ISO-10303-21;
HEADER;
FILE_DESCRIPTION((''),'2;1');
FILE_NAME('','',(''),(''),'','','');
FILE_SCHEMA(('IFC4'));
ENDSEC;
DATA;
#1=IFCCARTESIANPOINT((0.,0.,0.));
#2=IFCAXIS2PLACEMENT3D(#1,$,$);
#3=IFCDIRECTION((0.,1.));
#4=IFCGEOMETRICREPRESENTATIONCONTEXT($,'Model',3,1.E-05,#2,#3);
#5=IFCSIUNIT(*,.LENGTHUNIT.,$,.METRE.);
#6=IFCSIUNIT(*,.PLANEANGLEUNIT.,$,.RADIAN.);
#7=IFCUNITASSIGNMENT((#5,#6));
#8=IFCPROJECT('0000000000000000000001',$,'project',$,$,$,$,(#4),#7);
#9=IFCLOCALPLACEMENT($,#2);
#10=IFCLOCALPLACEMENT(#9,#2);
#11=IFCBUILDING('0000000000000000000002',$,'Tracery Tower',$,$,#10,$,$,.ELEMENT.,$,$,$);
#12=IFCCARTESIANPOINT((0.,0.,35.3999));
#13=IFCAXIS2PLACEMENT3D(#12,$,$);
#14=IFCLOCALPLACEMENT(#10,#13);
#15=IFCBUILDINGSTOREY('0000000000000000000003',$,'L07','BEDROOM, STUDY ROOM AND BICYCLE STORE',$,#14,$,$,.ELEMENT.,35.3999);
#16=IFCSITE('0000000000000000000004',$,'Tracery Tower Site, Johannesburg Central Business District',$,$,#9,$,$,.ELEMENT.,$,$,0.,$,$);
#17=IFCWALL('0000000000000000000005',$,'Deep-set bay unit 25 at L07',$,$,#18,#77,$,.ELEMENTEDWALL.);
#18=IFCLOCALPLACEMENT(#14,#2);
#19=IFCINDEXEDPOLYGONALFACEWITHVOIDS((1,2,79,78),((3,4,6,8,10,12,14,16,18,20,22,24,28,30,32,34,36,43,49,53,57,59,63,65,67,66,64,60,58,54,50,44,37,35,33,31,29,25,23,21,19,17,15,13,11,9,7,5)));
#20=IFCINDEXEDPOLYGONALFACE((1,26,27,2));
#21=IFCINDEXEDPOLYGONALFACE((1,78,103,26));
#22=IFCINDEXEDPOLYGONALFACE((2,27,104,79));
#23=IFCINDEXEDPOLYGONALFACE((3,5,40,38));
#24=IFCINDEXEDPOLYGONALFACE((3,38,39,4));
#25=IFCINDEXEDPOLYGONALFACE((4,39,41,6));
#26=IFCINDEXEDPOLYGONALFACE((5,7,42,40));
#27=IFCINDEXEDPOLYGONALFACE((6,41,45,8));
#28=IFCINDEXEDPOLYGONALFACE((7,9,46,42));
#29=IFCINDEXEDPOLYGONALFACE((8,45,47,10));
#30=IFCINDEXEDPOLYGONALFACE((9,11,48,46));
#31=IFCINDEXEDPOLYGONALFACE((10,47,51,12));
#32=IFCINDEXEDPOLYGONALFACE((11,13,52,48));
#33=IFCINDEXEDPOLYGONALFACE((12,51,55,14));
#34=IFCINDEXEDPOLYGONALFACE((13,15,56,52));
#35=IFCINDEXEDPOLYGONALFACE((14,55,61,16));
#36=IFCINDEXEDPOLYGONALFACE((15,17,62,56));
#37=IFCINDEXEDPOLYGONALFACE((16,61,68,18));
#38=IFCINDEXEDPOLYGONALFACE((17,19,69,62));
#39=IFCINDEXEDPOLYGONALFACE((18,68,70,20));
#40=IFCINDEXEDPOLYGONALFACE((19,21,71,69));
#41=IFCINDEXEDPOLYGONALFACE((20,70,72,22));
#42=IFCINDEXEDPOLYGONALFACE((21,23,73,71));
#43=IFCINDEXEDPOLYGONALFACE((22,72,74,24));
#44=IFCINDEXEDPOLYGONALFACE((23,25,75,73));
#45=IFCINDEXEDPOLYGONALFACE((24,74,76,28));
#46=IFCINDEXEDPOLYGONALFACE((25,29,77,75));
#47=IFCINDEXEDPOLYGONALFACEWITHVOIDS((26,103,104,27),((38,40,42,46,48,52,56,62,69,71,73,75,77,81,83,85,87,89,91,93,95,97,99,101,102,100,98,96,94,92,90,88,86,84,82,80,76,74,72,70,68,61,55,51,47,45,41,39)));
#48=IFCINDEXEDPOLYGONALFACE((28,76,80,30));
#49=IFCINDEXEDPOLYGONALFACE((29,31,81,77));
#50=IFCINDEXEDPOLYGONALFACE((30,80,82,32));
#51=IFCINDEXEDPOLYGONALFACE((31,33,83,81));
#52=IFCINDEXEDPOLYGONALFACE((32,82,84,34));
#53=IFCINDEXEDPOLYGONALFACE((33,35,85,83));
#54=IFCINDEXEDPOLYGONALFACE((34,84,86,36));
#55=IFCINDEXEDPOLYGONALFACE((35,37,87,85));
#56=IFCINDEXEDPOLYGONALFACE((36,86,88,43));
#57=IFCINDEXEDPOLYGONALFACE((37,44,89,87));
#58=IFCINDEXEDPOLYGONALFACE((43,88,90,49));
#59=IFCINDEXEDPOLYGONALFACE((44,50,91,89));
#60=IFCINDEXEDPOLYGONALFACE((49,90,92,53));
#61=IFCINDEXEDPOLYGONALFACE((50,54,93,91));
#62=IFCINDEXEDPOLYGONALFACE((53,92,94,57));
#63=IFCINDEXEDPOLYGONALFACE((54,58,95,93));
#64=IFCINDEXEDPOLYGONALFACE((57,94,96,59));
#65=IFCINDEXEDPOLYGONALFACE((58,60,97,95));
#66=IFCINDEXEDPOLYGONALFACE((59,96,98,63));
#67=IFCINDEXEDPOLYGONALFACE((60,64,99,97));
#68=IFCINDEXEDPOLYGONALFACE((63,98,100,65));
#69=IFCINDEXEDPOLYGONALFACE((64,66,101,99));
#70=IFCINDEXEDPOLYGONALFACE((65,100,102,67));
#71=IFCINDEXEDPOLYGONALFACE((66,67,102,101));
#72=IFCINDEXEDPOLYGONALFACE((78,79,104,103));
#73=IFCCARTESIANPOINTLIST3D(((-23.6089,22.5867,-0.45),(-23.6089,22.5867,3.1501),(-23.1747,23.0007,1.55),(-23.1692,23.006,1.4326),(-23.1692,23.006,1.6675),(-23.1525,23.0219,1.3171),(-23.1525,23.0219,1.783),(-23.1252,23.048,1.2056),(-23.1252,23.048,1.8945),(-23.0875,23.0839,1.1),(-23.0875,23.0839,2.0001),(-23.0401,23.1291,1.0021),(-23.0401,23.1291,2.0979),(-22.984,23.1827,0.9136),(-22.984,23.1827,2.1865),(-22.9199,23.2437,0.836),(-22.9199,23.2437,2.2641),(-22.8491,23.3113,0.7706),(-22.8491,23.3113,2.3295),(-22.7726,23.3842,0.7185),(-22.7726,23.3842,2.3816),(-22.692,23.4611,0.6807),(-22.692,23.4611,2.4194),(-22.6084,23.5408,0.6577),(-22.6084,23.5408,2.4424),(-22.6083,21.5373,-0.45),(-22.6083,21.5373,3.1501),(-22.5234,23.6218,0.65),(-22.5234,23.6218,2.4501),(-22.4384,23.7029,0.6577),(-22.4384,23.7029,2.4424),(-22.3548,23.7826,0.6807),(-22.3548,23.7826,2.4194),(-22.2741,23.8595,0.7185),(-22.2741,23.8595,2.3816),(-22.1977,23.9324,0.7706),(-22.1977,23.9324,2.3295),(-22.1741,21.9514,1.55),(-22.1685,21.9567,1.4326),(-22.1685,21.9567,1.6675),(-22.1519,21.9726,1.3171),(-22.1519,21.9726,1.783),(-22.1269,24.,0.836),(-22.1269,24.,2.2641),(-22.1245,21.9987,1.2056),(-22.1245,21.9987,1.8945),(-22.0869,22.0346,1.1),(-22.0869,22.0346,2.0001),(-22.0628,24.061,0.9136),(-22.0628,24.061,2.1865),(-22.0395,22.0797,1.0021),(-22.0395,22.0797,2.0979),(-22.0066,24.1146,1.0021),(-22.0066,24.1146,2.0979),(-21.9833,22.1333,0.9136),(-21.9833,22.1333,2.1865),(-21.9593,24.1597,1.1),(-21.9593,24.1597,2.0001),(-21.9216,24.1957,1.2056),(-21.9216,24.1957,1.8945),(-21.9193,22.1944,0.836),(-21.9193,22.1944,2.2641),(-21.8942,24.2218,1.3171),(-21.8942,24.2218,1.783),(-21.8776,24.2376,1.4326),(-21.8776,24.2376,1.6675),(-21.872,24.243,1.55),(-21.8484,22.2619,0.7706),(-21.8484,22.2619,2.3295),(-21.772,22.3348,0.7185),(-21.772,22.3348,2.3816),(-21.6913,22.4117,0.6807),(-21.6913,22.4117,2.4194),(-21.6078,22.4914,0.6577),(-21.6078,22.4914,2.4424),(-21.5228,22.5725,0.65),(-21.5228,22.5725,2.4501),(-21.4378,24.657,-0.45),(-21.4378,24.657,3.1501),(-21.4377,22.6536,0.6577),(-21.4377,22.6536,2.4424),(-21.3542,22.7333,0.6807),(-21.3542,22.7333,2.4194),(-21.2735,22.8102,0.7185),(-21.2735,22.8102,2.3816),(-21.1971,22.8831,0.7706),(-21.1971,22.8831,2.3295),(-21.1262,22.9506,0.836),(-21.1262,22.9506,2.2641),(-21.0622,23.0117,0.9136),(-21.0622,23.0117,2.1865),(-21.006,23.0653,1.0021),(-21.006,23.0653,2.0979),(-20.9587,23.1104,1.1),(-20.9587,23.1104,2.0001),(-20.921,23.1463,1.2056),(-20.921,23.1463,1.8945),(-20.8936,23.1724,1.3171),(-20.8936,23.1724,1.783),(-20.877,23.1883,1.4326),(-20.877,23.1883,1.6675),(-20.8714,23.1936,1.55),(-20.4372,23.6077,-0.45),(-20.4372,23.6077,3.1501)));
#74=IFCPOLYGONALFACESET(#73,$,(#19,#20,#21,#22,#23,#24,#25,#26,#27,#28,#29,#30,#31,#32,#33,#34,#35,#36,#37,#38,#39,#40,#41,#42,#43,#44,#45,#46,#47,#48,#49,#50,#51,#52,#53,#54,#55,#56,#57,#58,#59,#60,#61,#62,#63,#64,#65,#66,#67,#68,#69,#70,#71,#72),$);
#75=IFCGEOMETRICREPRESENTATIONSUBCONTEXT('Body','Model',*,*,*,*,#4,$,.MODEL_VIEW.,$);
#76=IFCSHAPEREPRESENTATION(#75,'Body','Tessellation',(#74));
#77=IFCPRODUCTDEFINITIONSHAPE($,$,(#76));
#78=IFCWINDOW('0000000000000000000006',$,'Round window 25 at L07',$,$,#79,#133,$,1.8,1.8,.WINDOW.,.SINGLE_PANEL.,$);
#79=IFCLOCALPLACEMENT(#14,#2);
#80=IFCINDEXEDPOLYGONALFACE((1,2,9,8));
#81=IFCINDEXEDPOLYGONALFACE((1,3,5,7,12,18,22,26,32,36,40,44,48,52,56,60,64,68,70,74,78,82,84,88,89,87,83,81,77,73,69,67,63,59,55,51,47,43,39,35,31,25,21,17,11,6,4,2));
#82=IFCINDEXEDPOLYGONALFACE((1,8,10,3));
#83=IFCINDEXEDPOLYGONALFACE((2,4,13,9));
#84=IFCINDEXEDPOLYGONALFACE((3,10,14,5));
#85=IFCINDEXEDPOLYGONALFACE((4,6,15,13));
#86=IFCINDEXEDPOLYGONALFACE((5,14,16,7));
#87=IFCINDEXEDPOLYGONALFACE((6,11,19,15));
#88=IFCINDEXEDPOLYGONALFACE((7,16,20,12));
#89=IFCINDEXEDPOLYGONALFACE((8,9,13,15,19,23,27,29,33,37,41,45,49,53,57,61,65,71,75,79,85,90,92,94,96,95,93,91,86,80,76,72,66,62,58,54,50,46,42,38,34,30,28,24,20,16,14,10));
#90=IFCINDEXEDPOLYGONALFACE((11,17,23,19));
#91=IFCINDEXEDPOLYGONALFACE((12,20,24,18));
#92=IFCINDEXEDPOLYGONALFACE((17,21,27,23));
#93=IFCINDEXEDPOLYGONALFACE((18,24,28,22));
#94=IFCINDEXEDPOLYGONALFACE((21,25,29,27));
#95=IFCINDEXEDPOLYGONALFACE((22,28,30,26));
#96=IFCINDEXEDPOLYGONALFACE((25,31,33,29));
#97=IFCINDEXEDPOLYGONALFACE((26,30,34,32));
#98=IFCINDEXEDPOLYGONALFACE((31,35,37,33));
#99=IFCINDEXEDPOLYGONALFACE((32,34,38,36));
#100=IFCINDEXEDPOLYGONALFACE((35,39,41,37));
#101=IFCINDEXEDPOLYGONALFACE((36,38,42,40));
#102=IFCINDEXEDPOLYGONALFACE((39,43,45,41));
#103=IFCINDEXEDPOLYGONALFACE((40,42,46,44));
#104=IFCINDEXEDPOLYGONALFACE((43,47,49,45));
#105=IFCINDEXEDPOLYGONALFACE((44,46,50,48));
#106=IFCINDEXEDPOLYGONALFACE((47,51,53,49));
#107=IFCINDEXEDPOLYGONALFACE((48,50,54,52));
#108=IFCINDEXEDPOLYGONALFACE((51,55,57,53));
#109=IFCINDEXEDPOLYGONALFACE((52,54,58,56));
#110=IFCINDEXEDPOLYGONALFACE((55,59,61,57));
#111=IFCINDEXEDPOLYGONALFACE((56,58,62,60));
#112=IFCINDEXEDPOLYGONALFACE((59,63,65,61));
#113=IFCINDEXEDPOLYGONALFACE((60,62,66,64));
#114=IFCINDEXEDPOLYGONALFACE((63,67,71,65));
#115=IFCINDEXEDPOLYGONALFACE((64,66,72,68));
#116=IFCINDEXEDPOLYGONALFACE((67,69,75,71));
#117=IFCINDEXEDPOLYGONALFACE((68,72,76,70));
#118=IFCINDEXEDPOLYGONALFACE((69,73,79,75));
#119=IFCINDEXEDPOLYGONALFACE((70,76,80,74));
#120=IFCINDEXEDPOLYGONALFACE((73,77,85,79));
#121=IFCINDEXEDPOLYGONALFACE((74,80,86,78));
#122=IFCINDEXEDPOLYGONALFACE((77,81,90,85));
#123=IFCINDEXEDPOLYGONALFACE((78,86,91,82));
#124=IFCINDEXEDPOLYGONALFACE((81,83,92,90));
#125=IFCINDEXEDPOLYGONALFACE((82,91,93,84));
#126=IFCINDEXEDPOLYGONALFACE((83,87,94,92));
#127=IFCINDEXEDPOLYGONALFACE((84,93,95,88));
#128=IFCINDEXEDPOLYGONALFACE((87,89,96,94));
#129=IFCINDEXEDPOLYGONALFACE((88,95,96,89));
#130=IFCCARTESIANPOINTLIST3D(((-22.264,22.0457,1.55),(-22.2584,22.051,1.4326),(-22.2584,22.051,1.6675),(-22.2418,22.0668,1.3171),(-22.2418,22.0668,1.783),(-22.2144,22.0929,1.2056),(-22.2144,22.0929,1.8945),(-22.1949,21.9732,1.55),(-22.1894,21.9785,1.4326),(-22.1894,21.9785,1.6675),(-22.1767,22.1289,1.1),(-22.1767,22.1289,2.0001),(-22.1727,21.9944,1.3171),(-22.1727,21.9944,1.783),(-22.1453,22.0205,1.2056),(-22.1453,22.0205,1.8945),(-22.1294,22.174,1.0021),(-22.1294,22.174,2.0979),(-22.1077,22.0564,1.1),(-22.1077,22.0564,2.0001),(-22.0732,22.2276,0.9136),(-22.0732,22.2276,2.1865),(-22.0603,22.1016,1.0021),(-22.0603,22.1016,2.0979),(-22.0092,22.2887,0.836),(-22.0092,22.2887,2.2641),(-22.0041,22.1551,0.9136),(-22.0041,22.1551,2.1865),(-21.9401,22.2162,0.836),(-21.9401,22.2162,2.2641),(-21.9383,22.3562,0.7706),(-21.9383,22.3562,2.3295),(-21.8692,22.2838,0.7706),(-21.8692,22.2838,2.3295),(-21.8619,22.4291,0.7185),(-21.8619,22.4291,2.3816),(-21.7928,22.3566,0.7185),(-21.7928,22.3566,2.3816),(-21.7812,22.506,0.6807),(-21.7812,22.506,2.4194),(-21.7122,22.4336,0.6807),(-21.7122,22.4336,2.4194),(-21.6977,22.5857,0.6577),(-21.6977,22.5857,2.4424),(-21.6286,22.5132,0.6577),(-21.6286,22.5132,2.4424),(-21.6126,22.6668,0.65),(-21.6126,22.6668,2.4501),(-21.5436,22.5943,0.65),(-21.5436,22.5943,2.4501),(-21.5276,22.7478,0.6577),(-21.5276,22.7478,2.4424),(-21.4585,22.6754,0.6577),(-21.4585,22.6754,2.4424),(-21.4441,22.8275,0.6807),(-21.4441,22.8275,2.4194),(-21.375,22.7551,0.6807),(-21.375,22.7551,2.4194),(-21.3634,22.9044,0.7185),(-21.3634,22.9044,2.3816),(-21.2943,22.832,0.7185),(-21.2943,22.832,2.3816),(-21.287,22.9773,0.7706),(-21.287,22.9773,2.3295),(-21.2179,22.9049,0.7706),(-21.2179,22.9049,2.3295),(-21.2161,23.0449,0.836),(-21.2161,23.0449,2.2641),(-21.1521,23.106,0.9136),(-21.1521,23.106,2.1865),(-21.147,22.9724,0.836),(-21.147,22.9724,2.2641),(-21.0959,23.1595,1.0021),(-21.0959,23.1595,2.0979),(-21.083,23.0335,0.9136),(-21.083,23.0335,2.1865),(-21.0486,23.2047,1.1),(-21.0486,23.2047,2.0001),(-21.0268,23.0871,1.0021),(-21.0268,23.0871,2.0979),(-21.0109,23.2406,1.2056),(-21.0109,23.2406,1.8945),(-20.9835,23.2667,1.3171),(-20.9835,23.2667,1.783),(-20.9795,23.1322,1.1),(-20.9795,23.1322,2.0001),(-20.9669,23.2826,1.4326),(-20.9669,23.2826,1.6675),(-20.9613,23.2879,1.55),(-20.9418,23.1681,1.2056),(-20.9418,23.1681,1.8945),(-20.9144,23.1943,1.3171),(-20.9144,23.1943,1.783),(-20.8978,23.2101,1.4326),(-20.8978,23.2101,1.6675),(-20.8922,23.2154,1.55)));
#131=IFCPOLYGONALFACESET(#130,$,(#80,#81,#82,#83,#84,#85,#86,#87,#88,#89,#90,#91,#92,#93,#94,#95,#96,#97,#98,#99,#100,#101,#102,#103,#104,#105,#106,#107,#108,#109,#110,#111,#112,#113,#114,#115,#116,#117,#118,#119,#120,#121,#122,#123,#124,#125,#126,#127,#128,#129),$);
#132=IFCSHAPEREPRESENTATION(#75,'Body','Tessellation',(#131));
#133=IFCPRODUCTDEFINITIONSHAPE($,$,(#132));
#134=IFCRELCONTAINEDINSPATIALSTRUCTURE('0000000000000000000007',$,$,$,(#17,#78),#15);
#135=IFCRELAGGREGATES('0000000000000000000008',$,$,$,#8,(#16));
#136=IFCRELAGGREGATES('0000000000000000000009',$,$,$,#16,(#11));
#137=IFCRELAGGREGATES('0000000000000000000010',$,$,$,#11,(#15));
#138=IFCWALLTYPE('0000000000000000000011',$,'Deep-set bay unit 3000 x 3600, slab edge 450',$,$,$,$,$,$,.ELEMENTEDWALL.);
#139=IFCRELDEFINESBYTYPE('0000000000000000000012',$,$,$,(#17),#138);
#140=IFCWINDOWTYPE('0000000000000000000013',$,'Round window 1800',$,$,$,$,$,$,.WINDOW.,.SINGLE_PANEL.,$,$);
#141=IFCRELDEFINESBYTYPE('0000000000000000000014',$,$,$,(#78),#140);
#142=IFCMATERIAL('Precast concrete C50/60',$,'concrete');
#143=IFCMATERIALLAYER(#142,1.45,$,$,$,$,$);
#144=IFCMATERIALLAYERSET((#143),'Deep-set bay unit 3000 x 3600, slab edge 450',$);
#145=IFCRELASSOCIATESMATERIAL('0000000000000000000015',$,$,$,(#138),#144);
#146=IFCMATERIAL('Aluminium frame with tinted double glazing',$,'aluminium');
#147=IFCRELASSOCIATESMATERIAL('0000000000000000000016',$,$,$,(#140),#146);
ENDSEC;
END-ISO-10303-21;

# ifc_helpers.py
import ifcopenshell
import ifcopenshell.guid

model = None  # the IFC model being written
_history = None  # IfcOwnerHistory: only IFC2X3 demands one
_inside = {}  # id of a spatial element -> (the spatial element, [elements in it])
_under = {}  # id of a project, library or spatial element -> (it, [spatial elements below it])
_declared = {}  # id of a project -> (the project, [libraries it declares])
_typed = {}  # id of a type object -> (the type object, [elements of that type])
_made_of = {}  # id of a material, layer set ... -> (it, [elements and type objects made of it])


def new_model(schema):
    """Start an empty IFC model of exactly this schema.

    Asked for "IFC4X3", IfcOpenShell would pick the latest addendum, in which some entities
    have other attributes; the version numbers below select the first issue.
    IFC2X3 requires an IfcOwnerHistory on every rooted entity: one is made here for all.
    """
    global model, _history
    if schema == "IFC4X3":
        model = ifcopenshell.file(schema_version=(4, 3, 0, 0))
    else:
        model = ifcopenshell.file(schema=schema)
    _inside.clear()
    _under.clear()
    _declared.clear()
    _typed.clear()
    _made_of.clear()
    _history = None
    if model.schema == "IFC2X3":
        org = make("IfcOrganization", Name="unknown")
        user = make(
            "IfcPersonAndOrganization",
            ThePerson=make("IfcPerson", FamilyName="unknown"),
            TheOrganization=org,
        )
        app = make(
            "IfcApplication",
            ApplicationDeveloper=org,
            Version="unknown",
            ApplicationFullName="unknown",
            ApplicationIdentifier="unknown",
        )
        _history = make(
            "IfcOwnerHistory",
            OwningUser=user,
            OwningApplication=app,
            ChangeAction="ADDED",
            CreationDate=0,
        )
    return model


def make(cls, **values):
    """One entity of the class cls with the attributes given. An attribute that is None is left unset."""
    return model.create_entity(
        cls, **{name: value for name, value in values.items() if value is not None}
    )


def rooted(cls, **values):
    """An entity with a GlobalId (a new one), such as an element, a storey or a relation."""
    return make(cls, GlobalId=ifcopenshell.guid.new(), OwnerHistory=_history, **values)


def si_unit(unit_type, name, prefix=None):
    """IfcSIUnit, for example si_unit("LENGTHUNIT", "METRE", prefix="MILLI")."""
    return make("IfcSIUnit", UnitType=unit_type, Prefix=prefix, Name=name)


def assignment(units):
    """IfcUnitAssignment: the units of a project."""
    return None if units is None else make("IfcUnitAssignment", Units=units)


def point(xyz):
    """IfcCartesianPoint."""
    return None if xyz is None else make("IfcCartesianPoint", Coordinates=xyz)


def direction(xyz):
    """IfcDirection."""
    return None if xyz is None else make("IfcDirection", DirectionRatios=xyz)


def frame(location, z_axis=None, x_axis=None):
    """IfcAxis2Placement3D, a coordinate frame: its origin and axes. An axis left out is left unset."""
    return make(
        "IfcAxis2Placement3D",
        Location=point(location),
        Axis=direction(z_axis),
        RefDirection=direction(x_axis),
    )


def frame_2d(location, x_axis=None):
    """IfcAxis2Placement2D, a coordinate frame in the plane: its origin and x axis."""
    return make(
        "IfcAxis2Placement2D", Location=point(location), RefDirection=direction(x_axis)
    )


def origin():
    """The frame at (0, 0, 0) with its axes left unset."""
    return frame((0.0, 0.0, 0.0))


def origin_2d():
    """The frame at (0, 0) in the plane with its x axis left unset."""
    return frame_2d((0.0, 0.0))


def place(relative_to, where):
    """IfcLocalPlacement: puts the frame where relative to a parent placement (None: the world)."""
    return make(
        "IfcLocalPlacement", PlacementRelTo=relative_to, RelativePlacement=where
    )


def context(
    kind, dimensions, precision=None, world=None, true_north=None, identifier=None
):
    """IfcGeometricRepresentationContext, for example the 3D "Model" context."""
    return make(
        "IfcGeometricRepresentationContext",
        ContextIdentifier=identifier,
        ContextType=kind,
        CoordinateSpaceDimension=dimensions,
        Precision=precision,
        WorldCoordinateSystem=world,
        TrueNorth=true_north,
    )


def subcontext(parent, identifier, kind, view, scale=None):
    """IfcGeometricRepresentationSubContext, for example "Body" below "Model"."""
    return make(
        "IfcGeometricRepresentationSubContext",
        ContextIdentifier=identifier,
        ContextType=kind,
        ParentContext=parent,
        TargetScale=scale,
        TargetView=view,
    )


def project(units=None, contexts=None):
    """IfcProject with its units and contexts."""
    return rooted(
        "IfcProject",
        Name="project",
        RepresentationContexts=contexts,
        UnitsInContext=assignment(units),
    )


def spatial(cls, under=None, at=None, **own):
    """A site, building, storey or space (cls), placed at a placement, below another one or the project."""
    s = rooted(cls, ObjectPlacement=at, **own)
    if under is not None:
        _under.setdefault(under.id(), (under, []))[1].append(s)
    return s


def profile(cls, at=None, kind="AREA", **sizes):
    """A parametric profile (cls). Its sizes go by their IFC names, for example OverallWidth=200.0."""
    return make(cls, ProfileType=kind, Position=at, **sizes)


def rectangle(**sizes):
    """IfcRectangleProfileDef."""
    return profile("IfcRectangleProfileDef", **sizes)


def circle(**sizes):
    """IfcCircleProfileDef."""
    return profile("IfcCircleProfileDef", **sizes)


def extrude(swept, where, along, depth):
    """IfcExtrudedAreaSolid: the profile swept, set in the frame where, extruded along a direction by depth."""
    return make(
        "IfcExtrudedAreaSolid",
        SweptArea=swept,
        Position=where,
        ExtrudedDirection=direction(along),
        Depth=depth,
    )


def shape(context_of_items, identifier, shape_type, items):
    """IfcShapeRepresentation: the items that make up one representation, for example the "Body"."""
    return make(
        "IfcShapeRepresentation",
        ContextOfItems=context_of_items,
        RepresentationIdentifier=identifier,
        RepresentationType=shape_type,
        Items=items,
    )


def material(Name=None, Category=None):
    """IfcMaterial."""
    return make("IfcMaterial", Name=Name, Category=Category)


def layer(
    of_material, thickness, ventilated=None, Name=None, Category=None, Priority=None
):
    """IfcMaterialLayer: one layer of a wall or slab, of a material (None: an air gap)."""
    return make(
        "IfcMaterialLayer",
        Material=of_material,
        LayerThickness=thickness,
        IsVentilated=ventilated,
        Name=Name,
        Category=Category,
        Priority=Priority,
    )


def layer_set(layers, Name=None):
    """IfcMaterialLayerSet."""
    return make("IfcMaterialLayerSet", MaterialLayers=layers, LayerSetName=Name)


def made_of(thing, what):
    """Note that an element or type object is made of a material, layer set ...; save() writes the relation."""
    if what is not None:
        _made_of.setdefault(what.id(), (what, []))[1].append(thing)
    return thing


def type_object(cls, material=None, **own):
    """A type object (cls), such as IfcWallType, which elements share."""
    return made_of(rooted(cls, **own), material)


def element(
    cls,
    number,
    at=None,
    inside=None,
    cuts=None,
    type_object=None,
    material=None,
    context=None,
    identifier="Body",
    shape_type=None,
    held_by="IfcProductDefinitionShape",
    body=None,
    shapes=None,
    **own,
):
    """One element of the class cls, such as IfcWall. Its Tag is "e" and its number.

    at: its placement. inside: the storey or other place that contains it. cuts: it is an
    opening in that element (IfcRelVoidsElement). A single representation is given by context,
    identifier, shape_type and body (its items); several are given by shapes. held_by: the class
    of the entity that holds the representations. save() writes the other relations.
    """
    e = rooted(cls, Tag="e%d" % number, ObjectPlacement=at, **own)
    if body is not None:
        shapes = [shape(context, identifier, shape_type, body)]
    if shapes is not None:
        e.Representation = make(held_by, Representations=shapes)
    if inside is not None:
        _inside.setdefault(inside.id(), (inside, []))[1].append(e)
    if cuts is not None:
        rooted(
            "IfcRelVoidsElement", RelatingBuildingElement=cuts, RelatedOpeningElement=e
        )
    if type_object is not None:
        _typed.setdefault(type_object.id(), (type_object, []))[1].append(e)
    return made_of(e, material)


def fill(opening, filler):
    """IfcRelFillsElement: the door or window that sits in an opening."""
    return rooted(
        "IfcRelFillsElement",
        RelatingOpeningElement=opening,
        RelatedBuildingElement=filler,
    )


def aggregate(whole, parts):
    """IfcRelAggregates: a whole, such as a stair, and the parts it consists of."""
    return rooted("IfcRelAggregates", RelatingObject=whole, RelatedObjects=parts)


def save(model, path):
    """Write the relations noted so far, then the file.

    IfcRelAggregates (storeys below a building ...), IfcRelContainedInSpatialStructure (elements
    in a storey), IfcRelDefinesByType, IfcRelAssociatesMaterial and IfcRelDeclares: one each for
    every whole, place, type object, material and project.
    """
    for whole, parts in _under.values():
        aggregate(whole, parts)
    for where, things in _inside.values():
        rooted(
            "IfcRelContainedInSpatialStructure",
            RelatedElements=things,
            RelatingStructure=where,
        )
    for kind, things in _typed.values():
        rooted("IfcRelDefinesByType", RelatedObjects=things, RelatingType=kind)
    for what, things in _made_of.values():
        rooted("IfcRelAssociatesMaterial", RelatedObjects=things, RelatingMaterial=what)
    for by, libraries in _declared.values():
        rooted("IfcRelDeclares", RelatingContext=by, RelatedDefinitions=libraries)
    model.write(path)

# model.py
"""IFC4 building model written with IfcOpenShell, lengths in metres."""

from ifc_helpers import new_model, si_unit, direction, frame, frame_2d, origin, origin_2d, place, context, subcontext, project, spatial, rectangle, circle, extrude, material, layer, layer_set, type_object, element, fill, save


model = new_model("IFC4")

# Units and contexts
model_context = context("Model", 3, precision=1e-05, world=origin(), true_north=direction((0.0, 1.0)))
body_context = subcontext(model_context, "Body", "Model", "MODEL_VIEW")
ifc_project = project(units=[si_unit("LENGTHUNIT", "METRE"), si_unit("PLANEANGLEUNIT", "RADIAN")], contexts=[model_context])

# Site, building, storey
site_placement = place(None, origin())
site = spatial("IfcSite", under=ifc_project, at=site_placement, Name="Tracery Tower Site, Johannesburg Central Business District", CompositionType="ELEMENT", RefElevation=0.0)
building_placement = place(site_placement, origin())
building = spatial("IfcBuilding", under=site, at=building_placement, Name="Tracery Tower", CompositionType="ELEMENT")
storey_placement = place(building_placement, frame((0.0, 0.0, 35.3999)))
storey = spatial("IfcBuildingStorey", under=building, at=storey_placement, Name="L07", Description="BEDROOM, STUDY ROOM AND BICYCLE STORE", CompositionType="ELEMENT", Elevation=35.3999)

# Wall, opening, window
ifc_material_1 = material(Name="Precast concrete C50/60", Category="concrete")
ifc_layer_1 = layer(ifc_material_1, 1.45)
ifc_layer_set_1 = layer_set([ifc_layer_1], Name="Deep-set bay unit 3000 x 3600, slab edge 450")
wall_type_1 = type_object("IfcWallType", Name="Deep-set bay unit 3000 x 3600, slab edge 450", PredefinedType="ELEMENTEDWALL", material=ifc_layer_set_1)
wall_1_placement = place(storey_placement, frame((-20.9375, 24.1323, -0.45), z_axis=(0.0, 0.0, 1.0), x_axis=(-0.723712, -0.690102, 0.0)))
wall_1 = element("IfcWall", 1, at=wall_1_placement, inside=storey, type_object=wall_type_1, Name="Deep-set bay unit 25 at L07", PredefinedType="ELEMENTEDWALL", context=body_context, shape_type="SweptSolid", body=[
    extrude(rectangle(XDim=3.0, YDim=1.45, at=frame_2d((1.5, 0.0))), origin(), (0.0, 0.0, 1.0), 3.6001),
])
opening_1_placement = place(wall_1_placement, frame((1.5, 0.0, 2.0)))
opening_1 = element("IfcOpeningElement", 2, at=opening_1_placement, cuts=wall_1, PredefinedType="OPENING", context=body_context, shape_type="SweptSolid", body=[
    extrude(circle(Radius=0.9, at=origin_2d()), frame((0.0, 0.7349, 0.0), z_axis=(0.0, -1.0, 0.0), x_axis=(1.0, 0.0, 0.0)), (0.0, 0.0, 1.0), 1.47),
])
ifc_material_2 = material(Name="Aluminium frame with tinted double glazing", Category="aluminium")
window_type = type_object("IfcWindowType", Name="Round window 1800", PartitioningType="SINGLE_PANEL", PredefinedType="WINDOW", material=ifc_material_2)
window_1_placement = place(opening_1_placement, origin())
window_1 = element("IfcWindow", 3, at=window_1_placement, inside=storey, type_object=window_type, Name="Round window 25 at L07", OverallHeight=1.8, OverallWidth=1.8, PartitioningType="SINGLE_PANEL", PredefinedType="WINDOW", context=body_context, shape_type="SweptSolid", body=[
    extrude(circle(Radius=0.9, at=origin_2d()), frame((0.0, 0.6948, 0.0), z_axis=(0.0, -1.0, 0.0), x_axis=(1.0, 0.0, 0.0)), (0.0, 0.0, 1.0), 0.1001),
])
fill(opening_1, window_1)

save(model, "model.ifc")
